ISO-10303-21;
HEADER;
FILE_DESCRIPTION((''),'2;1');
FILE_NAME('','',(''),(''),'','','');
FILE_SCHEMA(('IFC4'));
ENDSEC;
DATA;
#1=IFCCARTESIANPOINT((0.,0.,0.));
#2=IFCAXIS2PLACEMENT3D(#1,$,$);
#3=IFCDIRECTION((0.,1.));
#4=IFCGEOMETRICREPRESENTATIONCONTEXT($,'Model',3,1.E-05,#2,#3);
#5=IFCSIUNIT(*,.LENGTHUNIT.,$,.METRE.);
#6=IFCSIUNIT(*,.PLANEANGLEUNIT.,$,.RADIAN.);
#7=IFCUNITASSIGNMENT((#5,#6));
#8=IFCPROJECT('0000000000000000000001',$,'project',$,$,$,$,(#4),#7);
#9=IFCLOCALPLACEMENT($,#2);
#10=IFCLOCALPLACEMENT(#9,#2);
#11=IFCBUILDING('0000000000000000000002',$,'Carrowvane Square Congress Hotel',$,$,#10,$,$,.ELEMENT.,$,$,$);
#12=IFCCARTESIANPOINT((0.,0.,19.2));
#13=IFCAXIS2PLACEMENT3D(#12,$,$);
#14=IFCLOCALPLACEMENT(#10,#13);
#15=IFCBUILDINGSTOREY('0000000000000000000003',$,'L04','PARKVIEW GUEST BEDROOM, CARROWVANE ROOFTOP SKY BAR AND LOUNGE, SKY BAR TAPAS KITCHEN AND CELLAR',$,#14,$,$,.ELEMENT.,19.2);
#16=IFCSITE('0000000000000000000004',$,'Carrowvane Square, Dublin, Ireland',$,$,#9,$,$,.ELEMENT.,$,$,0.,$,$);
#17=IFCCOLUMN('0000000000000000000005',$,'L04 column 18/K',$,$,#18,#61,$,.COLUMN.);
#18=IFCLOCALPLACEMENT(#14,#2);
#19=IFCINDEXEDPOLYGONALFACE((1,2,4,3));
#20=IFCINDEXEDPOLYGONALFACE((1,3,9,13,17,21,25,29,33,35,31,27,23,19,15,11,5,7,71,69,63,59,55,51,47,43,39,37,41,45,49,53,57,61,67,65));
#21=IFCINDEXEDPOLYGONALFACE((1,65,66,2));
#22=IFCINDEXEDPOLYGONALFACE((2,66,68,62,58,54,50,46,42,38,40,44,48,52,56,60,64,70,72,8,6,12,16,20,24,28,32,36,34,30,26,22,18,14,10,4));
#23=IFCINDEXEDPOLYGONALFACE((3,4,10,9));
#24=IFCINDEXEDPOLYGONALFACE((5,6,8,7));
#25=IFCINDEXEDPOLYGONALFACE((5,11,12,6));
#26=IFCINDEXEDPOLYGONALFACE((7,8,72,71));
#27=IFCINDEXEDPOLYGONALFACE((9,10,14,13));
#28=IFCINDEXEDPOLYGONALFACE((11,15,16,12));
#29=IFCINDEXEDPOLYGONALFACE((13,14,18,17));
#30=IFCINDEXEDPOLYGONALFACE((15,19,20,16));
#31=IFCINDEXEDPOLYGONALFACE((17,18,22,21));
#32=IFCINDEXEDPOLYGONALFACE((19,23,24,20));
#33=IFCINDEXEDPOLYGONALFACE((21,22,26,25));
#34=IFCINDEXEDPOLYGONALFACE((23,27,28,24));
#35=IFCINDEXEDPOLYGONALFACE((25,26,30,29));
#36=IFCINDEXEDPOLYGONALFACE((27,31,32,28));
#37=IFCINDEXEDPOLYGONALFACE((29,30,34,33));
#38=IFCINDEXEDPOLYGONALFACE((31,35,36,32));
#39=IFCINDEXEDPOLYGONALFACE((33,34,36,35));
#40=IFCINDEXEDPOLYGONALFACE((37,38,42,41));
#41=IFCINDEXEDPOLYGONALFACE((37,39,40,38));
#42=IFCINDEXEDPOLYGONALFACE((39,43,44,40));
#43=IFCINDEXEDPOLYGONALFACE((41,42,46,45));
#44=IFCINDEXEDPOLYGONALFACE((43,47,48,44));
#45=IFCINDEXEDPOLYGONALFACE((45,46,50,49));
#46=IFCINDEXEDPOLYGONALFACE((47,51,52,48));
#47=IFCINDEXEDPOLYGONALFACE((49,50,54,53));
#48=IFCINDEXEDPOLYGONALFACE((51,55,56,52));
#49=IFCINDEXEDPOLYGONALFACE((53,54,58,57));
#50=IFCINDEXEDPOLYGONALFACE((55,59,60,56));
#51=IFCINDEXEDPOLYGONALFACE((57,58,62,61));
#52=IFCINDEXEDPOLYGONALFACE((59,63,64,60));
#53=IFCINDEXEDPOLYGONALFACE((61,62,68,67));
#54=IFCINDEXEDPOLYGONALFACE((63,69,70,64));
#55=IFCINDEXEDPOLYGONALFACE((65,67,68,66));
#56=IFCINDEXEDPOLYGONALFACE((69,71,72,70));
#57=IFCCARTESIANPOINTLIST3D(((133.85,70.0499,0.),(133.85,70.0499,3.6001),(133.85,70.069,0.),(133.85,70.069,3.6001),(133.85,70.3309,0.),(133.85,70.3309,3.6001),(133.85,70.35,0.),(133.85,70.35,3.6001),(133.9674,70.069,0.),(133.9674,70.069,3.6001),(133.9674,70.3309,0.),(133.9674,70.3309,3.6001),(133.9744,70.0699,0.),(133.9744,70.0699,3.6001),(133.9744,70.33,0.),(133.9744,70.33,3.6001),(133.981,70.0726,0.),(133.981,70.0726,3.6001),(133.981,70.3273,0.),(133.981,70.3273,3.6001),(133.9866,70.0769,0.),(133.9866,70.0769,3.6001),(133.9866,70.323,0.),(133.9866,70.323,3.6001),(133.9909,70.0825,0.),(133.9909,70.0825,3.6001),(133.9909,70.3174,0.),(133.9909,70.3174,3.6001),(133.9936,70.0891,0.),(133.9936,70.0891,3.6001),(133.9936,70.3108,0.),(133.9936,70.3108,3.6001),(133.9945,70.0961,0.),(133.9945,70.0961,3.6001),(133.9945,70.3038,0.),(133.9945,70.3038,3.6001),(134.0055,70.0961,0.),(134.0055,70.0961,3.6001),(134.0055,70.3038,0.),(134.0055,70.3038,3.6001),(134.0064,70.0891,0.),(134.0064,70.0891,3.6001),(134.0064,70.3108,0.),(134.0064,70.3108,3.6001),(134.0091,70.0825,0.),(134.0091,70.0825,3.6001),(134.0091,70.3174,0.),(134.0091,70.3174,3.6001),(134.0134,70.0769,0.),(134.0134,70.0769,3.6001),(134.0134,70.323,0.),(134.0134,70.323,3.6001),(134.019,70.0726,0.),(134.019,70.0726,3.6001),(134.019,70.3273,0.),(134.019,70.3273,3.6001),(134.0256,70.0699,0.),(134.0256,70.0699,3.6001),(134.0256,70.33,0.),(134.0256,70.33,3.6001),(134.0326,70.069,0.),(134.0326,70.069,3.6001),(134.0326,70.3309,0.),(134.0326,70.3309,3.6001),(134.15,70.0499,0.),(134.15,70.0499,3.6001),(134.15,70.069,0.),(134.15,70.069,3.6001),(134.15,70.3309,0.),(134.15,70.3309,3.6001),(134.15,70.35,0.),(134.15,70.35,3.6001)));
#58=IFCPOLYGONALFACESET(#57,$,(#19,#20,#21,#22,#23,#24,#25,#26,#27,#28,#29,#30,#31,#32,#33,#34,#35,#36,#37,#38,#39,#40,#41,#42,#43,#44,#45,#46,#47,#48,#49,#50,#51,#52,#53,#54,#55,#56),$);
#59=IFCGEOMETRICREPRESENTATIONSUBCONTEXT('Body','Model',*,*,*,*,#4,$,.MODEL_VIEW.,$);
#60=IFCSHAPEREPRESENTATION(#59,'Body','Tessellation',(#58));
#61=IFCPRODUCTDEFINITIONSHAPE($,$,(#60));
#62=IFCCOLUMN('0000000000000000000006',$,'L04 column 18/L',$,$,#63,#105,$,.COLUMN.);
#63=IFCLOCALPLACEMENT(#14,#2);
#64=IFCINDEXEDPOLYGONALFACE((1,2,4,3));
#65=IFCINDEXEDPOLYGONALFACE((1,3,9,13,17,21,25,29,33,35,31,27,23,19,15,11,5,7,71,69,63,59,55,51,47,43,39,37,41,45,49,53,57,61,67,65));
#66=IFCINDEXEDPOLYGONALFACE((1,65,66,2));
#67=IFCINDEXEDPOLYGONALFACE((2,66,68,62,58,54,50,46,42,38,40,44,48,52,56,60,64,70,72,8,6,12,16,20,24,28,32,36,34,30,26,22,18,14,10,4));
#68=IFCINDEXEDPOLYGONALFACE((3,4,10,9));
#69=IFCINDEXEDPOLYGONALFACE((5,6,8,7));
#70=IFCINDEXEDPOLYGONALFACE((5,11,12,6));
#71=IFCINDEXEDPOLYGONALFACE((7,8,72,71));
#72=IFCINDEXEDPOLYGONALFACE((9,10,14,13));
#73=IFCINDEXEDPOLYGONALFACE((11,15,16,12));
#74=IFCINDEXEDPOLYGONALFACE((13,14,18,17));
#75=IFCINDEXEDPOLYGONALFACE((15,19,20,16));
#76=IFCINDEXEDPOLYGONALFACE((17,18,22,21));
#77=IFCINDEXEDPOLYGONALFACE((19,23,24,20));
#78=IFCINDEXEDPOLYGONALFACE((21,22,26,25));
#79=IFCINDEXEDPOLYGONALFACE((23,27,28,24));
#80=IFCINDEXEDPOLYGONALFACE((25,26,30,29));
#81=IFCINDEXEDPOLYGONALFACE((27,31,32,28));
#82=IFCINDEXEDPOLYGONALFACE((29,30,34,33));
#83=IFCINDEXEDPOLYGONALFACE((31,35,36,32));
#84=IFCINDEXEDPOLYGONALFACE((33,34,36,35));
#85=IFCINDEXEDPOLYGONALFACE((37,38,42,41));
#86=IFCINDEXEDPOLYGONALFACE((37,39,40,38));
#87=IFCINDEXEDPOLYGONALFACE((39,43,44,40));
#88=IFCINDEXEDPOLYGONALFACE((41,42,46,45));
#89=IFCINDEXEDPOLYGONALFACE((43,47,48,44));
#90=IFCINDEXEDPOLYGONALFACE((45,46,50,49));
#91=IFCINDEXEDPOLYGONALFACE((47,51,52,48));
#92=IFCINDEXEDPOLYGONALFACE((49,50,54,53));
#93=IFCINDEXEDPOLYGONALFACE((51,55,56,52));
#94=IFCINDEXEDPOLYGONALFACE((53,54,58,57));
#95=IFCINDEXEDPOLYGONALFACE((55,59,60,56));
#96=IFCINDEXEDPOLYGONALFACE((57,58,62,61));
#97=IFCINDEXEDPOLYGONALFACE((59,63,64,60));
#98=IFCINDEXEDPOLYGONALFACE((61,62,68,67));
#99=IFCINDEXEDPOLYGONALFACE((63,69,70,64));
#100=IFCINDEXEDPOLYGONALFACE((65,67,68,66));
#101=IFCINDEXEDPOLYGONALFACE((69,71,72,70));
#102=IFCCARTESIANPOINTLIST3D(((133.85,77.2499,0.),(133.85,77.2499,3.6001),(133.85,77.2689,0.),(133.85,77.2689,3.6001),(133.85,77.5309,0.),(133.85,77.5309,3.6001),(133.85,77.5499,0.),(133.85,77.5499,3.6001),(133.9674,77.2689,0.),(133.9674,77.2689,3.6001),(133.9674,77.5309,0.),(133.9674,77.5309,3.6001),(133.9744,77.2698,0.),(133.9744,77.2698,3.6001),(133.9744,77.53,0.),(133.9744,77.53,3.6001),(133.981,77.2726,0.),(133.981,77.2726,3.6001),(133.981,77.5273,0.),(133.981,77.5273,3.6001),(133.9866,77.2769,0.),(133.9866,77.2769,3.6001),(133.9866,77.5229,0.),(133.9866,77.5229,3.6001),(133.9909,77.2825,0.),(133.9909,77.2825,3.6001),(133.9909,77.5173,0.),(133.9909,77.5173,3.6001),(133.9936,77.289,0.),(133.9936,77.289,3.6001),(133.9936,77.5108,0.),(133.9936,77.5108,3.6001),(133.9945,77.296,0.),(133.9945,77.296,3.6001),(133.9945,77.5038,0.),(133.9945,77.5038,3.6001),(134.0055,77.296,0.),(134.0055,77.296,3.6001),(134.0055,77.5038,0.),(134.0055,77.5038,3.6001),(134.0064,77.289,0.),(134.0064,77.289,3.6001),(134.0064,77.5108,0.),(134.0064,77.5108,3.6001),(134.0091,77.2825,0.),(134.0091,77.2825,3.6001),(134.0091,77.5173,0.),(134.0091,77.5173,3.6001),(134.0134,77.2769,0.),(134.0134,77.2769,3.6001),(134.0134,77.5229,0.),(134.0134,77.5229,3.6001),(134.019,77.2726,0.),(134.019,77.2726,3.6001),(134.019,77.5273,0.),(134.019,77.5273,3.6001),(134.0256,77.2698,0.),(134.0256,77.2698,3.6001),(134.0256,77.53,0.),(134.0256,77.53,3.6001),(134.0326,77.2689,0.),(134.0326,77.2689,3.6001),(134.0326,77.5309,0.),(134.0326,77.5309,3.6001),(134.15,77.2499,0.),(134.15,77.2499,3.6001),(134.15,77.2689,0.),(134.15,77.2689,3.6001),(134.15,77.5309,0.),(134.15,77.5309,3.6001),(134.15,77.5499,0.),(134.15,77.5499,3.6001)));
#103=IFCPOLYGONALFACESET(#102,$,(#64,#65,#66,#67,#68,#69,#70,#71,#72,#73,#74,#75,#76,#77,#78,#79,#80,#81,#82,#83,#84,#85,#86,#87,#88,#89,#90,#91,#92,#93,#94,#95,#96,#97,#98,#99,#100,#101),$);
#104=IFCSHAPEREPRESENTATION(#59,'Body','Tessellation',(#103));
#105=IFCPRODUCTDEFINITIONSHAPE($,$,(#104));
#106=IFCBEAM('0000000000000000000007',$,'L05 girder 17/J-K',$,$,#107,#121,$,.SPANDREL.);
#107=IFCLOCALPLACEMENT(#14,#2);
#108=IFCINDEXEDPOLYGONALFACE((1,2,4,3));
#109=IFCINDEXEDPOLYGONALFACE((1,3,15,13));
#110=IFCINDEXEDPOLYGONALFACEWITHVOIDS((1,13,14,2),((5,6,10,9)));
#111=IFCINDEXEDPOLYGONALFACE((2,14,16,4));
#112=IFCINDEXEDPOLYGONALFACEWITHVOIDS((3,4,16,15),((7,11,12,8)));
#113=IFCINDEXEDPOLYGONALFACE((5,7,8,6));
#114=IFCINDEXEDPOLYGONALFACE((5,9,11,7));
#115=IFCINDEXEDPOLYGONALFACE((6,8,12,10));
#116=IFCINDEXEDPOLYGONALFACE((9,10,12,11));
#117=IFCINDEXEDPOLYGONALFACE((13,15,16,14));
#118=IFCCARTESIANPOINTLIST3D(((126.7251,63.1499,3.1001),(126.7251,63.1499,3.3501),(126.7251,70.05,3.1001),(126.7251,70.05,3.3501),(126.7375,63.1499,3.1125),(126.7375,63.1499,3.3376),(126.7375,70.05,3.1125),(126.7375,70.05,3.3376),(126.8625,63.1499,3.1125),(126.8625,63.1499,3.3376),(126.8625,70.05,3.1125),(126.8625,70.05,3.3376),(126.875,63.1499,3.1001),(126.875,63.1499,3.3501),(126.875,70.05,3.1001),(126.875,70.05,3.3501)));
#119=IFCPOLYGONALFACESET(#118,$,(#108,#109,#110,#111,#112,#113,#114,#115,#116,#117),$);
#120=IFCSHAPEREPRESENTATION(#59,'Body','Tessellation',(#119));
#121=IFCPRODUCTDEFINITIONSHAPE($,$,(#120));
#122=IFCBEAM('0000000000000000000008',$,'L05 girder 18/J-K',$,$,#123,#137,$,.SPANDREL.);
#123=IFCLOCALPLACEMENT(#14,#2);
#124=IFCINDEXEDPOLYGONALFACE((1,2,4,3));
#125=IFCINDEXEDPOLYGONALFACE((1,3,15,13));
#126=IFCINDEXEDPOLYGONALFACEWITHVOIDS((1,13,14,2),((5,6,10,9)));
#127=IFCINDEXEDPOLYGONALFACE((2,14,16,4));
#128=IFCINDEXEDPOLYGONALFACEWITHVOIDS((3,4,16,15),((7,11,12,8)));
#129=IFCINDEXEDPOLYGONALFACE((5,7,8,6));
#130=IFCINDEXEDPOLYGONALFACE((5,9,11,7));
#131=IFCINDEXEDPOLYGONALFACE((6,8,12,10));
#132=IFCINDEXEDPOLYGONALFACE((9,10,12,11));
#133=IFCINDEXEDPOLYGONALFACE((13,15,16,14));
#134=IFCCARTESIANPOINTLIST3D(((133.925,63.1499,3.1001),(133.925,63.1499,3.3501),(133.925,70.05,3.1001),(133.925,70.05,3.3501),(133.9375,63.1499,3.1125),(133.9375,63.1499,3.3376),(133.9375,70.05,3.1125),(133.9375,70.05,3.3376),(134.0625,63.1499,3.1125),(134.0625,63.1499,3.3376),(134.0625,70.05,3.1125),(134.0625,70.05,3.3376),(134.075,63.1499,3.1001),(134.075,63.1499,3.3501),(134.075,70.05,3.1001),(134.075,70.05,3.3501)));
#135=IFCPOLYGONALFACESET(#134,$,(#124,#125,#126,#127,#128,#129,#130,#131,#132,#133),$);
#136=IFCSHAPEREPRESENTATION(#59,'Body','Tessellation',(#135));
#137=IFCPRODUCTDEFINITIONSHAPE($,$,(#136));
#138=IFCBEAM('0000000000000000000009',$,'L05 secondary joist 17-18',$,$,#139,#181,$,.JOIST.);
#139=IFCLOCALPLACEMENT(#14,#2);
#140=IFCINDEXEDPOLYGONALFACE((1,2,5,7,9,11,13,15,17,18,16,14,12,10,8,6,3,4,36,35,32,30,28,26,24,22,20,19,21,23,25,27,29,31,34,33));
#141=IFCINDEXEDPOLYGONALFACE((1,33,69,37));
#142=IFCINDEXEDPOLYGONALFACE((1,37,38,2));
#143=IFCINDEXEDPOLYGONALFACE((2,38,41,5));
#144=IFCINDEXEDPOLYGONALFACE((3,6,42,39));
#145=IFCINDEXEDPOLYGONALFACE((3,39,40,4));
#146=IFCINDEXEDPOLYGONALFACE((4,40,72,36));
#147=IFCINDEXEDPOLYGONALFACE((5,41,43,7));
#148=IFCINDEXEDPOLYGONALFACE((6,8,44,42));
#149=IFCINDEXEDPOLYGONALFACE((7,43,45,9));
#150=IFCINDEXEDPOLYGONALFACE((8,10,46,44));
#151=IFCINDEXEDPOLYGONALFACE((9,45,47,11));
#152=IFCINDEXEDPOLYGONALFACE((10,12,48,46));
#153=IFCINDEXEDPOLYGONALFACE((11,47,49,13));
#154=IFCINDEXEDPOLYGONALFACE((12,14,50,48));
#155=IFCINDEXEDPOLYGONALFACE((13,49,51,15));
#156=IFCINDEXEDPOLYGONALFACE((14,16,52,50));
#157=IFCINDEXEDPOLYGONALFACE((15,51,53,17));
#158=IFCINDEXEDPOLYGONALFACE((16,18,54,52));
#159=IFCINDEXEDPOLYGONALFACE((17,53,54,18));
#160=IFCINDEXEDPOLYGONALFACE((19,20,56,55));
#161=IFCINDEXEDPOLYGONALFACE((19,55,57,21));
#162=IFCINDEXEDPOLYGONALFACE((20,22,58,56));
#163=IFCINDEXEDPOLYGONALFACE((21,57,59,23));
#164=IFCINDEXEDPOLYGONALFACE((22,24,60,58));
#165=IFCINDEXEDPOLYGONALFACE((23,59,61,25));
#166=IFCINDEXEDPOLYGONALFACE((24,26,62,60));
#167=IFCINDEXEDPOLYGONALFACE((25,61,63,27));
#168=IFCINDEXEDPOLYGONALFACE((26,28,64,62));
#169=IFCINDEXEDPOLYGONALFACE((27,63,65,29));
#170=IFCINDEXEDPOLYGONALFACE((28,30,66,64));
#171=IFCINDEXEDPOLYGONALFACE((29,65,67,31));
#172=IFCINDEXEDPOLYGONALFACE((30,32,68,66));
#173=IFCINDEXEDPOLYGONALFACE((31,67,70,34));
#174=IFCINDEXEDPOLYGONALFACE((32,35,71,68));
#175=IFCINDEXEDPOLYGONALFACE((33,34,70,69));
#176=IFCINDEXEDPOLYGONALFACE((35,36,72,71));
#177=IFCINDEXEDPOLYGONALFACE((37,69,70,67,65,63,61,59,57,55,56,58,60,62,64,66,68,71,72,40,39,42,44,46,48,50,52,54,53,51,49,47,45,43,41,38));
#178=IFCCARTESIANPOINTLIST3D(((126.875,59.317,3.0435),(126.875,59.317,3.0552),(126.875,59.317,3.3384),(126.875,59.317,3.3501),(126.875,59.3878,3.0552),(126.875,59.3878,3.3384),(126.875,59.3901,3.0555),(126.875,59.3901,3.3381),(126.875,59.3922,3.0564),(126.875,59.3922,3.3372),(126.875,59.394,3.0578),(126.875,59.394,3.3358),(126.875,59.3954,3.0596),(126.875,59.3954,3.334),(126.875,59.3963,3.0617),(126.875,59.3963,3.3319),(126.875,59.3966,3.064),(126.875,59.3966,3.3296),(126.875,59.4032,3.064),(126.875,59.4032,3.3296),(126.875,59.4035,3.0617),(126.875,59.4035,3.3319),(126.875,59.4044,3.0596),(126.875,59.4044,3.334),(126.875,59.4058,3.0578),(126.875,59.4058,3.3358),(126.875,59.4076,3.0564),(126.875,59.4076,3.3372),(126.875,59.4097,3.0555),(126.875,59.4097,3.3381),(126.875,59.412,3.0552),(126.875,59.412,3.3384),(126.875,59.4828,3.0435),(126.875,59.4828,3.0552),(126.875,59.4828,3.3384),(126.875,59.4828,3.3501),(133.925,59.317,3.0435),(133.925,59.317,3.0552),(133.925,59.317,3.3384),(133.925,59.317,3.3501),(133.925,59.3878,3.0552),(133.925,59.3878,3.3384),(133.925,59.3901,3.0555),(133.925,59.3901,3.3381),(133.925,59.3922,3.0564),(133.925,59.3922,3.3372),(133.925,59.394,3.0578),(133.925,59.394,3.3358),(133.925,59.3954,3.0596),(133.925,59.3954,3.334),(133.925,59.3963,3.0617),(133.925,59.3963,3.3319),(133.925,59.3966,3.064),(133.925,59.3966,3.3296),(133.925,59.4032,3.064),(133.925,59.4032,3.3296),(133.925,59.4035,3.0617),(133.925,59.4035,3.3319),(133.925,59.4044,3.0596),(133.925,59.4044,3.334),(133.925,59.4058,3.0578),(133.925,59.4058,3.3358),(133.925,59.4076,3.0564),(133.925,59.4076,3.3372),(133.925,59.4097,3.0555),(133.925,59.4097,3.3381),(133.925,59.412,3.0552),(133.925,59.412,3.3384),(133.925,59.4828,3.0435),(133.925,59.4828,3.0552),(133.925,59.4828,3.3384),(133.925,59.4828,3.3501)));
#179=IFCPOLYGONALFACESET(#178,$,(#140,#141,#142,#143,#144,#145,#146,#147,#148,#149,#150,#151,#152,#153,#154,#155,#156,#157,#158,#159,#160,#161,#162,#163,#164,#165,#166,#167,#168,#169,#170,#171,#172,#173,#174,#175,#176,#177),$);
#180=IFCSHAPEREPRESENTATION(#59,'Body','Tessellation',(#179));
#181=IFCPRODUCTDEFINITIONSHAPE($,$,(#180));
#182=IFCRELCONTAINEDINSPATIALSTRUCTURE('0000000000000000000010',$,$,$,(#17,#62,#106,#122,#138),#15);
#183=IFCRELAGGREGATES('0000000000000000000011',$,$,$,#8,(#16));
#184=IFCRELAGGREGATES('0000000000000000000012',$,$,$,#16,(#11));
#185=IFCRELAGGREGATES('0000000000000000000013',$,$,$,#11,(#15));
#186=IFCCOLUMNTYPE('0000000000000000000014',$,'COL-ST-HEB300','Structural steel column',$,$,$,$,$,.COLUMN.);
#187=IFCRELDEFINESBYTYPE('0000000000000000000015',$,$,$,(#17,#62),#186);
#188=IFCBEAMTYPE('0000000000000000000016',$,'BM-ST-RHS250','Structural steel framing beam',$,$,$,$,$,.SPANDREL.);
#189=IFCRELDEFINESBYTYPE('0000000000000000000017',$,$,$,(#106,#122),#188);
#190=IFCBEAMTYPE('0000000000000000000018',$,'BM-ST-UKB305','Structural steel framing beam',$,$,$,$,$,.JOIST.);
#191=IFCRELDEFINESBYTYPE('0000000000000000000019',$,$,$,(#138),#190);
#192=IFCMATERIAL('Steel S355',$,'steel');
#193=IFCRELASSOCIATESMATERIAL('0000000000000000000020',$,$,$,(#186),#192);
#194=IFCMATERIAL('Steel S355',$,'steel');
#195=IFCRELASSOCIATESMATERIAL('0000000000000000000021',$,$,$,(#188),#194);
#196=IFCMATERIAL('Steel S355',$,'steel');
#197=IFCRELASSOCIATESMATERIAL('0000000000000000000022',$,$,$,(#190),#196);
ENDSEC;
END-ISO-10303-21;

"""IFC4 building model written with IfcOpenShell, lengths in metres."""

from ifc_helpers import new_model, si_unit, direction, frame, origin, origin_2d, place, context, subcontext, project, spatial, hollow_rectangle, i_section, extrude, material, material_profile, profile_set, type_object, element, save


model = new_model("IFC4")

# Units and contexts
model_context = context("Model", 3, precision=1e-05, world=origin(), true_north=direction((0.0, 1.0)))
body_context = subcontext(model_context, "Body", "Model", "MODEL_VIEW")
ifc_project = project(units=[si_unit("LENGTHUNIT", "METRE"), si_unit("PLANEANGLEUNIT", "RADIAN")], contexts=[model_context])

# Site, building, storey
site_placement = place(None, origin())
site = spatial("IfcSite", under=ifc_project, at=site_placement, Name="Carrowvane Square, Dublin, Ireland", CompositionType="ELEMENT", RefElevation=0.0)
building_placement = place(site_placement, origin())
building = spatial("IfcBuilding", under=site, at=building_placement, Name="Carrowvane Square Congress Hotel", CompositionType="ELEMENT")
storey_placement = place(building_placement, frame((0.0, 0.0, 19.2)))
storey = spatial("IfcBuildingStorey", under=building, at=storey_placement, Name="L04", Description="PARKVIEW GUEST BEDROOM, CARROWVANE ROOFTOP SKY BAR AND LOUNGE, SKY BAR TAPAS KITCHEN AND CELLAR", CompositionType="ELEMENT", Elevation=19.2)

# Columns
ifc_material_1 = material(Name="Steel S355", Category="steel")
ifc_material_profile_1 = material_profile(ifc_material_1, i_section(OverallWidth=0.3, OverallDepth=0.3, WebThickness=0.011, FlangeThickness=0.019, FilletRadius=0.0271, at=origin_2d()), Name="HEB 300")
ifc_profile_set_1 = profile_set([ifc_material_profile_1], Name="Steel S355")
column_type = type_object("IfcColumnType", Name="COL-ST-HEB300", Description="Structural steel column", PredefinedType="COLUMN", material=ifc_profile_set_1)
for number, where, z_axis, x_axis, name in (
    (1, (134.0, 70.2, 0.0), (0.0, 0.0, 1.0), (1.0, 0.0, 0.0), "L04 column 18/K"),
    (2, (134.0, 77.3999, 0.0), (0.0, 0.0, 1.0), (1.0, 0.0, 0.0), "L04 column 18/L"),
):
    element("IfcColumn", number, at=place(storey_placement, frame(where, z_axis=z_axis, x_axis=x_axis)), inside=storey, type_object=column_type, Name=name, PredefinedType="COLUMN", context=body_context, shape_type="SweptSolid", body=[
        extrude(i_section(OverallWidth=0.3, OverallDepth=0.3, WebThickness=0.011, FlangeThickness=0.019, FilletRadius=0.0271, at=origin_2d()), origin(), (0.0, 0.0, 1.0), 3.6001),
    ])

# Beams
ifc_material_2 = material(Name="Steel S355", Category="steel")
ifc_material_profile_2 = material_profile(ifc_material_2, hollow_rectangle(XDim=0.1499, YDim=0.25, WallThickness=0.0125, at=origin_2d()), Name="RHS 250x150x12.5")
ifc_profile_set_2 = profile_set([ifc_material_profile_2], Name="Steel S355")
beam_type_1 = type_object("IfcBeamType", Name="BM-ST-RHS250", Description="Structural steel framing beam", PredefinedType="SPANDREL", material=ifc_profile_set_2)
for number, where, z_axis, x_axis, name in (
    (3, (126.8, 63.1499, 3.2251), (0.0, 1.0, 0.0), (-1.0, 0.0, 0.0), "L05 girder 17/J-K"),
    (4, (134.0, 63.1499, 3.2251), (0.0, 1.0, 0.0), (-1.0, 0.0, 0.0), "L05 girder 18/J-K"),
):
    element("IfcBeam", number, at=place(storey_placement, frame(where, z_axis=z_axis, x_axis=x_axis)), inside=storey, type_object=beam_type_1, Name=name, PredefinedType="SPANDREL", context=body_context, shape_type="SweptSolid", body=[
        extrude(hollow_rectangle(XDim=0.1499, YDim=0.25, WallThickness=0.0125, at=origin_2d()), origin(), (0.0, 0.0, 1.0), 6.9001),
    ])
ifc_material_3 = material(Name="Steel S355", Category="steel")
ifc_material_profile_3 = material_profile(ifc_material_3, i_section(OverallWidth=0.1658, OverallDepth=0.3066, WebThickness=0.0066, FlangeThickness=0.0117, FilletRadius=0.0088, at=origin_2d()), Name="UKB 305x165x46")
ifc_profile_set_3 = profile_set([ifc_material_profile_3], Name="Steel S355")
beam_type_2 = type_object("IfcBeamType", Name="BM-ST-UKB305", Description="Structural steel framing beam", PredefinedType="JOIST", material=ifc_profile_set_3)
for number, where, z_axis, x_axis, name in (
    (5, (126.875, 59.3999, 3.1968), (1.0, 0.0, 0.0), (0.0, 1.0, 0.0), "L05 secondary joist 17-18"),
):
    element("IfcBeam", number, at=place(storey_placement, frame(where, z_axis=z_axis, x_axis=x_axis)), inside=storey, type_object=beam_type_2, Name=name, PredefinedType="JOIST", context=body_context, shape_type="SweptSolid", body=[
        extrude(i_section(OverallWidth=0.1658, OverallDepth=0.3066, WebThickness=0.0066, FlangeThickness=0.0117, FilletRadius=0.0088, at=origin_2d()), origin(), (0.0, 0.0, 1.0), 7.05),
    ])

save(model, "model.ifc")
